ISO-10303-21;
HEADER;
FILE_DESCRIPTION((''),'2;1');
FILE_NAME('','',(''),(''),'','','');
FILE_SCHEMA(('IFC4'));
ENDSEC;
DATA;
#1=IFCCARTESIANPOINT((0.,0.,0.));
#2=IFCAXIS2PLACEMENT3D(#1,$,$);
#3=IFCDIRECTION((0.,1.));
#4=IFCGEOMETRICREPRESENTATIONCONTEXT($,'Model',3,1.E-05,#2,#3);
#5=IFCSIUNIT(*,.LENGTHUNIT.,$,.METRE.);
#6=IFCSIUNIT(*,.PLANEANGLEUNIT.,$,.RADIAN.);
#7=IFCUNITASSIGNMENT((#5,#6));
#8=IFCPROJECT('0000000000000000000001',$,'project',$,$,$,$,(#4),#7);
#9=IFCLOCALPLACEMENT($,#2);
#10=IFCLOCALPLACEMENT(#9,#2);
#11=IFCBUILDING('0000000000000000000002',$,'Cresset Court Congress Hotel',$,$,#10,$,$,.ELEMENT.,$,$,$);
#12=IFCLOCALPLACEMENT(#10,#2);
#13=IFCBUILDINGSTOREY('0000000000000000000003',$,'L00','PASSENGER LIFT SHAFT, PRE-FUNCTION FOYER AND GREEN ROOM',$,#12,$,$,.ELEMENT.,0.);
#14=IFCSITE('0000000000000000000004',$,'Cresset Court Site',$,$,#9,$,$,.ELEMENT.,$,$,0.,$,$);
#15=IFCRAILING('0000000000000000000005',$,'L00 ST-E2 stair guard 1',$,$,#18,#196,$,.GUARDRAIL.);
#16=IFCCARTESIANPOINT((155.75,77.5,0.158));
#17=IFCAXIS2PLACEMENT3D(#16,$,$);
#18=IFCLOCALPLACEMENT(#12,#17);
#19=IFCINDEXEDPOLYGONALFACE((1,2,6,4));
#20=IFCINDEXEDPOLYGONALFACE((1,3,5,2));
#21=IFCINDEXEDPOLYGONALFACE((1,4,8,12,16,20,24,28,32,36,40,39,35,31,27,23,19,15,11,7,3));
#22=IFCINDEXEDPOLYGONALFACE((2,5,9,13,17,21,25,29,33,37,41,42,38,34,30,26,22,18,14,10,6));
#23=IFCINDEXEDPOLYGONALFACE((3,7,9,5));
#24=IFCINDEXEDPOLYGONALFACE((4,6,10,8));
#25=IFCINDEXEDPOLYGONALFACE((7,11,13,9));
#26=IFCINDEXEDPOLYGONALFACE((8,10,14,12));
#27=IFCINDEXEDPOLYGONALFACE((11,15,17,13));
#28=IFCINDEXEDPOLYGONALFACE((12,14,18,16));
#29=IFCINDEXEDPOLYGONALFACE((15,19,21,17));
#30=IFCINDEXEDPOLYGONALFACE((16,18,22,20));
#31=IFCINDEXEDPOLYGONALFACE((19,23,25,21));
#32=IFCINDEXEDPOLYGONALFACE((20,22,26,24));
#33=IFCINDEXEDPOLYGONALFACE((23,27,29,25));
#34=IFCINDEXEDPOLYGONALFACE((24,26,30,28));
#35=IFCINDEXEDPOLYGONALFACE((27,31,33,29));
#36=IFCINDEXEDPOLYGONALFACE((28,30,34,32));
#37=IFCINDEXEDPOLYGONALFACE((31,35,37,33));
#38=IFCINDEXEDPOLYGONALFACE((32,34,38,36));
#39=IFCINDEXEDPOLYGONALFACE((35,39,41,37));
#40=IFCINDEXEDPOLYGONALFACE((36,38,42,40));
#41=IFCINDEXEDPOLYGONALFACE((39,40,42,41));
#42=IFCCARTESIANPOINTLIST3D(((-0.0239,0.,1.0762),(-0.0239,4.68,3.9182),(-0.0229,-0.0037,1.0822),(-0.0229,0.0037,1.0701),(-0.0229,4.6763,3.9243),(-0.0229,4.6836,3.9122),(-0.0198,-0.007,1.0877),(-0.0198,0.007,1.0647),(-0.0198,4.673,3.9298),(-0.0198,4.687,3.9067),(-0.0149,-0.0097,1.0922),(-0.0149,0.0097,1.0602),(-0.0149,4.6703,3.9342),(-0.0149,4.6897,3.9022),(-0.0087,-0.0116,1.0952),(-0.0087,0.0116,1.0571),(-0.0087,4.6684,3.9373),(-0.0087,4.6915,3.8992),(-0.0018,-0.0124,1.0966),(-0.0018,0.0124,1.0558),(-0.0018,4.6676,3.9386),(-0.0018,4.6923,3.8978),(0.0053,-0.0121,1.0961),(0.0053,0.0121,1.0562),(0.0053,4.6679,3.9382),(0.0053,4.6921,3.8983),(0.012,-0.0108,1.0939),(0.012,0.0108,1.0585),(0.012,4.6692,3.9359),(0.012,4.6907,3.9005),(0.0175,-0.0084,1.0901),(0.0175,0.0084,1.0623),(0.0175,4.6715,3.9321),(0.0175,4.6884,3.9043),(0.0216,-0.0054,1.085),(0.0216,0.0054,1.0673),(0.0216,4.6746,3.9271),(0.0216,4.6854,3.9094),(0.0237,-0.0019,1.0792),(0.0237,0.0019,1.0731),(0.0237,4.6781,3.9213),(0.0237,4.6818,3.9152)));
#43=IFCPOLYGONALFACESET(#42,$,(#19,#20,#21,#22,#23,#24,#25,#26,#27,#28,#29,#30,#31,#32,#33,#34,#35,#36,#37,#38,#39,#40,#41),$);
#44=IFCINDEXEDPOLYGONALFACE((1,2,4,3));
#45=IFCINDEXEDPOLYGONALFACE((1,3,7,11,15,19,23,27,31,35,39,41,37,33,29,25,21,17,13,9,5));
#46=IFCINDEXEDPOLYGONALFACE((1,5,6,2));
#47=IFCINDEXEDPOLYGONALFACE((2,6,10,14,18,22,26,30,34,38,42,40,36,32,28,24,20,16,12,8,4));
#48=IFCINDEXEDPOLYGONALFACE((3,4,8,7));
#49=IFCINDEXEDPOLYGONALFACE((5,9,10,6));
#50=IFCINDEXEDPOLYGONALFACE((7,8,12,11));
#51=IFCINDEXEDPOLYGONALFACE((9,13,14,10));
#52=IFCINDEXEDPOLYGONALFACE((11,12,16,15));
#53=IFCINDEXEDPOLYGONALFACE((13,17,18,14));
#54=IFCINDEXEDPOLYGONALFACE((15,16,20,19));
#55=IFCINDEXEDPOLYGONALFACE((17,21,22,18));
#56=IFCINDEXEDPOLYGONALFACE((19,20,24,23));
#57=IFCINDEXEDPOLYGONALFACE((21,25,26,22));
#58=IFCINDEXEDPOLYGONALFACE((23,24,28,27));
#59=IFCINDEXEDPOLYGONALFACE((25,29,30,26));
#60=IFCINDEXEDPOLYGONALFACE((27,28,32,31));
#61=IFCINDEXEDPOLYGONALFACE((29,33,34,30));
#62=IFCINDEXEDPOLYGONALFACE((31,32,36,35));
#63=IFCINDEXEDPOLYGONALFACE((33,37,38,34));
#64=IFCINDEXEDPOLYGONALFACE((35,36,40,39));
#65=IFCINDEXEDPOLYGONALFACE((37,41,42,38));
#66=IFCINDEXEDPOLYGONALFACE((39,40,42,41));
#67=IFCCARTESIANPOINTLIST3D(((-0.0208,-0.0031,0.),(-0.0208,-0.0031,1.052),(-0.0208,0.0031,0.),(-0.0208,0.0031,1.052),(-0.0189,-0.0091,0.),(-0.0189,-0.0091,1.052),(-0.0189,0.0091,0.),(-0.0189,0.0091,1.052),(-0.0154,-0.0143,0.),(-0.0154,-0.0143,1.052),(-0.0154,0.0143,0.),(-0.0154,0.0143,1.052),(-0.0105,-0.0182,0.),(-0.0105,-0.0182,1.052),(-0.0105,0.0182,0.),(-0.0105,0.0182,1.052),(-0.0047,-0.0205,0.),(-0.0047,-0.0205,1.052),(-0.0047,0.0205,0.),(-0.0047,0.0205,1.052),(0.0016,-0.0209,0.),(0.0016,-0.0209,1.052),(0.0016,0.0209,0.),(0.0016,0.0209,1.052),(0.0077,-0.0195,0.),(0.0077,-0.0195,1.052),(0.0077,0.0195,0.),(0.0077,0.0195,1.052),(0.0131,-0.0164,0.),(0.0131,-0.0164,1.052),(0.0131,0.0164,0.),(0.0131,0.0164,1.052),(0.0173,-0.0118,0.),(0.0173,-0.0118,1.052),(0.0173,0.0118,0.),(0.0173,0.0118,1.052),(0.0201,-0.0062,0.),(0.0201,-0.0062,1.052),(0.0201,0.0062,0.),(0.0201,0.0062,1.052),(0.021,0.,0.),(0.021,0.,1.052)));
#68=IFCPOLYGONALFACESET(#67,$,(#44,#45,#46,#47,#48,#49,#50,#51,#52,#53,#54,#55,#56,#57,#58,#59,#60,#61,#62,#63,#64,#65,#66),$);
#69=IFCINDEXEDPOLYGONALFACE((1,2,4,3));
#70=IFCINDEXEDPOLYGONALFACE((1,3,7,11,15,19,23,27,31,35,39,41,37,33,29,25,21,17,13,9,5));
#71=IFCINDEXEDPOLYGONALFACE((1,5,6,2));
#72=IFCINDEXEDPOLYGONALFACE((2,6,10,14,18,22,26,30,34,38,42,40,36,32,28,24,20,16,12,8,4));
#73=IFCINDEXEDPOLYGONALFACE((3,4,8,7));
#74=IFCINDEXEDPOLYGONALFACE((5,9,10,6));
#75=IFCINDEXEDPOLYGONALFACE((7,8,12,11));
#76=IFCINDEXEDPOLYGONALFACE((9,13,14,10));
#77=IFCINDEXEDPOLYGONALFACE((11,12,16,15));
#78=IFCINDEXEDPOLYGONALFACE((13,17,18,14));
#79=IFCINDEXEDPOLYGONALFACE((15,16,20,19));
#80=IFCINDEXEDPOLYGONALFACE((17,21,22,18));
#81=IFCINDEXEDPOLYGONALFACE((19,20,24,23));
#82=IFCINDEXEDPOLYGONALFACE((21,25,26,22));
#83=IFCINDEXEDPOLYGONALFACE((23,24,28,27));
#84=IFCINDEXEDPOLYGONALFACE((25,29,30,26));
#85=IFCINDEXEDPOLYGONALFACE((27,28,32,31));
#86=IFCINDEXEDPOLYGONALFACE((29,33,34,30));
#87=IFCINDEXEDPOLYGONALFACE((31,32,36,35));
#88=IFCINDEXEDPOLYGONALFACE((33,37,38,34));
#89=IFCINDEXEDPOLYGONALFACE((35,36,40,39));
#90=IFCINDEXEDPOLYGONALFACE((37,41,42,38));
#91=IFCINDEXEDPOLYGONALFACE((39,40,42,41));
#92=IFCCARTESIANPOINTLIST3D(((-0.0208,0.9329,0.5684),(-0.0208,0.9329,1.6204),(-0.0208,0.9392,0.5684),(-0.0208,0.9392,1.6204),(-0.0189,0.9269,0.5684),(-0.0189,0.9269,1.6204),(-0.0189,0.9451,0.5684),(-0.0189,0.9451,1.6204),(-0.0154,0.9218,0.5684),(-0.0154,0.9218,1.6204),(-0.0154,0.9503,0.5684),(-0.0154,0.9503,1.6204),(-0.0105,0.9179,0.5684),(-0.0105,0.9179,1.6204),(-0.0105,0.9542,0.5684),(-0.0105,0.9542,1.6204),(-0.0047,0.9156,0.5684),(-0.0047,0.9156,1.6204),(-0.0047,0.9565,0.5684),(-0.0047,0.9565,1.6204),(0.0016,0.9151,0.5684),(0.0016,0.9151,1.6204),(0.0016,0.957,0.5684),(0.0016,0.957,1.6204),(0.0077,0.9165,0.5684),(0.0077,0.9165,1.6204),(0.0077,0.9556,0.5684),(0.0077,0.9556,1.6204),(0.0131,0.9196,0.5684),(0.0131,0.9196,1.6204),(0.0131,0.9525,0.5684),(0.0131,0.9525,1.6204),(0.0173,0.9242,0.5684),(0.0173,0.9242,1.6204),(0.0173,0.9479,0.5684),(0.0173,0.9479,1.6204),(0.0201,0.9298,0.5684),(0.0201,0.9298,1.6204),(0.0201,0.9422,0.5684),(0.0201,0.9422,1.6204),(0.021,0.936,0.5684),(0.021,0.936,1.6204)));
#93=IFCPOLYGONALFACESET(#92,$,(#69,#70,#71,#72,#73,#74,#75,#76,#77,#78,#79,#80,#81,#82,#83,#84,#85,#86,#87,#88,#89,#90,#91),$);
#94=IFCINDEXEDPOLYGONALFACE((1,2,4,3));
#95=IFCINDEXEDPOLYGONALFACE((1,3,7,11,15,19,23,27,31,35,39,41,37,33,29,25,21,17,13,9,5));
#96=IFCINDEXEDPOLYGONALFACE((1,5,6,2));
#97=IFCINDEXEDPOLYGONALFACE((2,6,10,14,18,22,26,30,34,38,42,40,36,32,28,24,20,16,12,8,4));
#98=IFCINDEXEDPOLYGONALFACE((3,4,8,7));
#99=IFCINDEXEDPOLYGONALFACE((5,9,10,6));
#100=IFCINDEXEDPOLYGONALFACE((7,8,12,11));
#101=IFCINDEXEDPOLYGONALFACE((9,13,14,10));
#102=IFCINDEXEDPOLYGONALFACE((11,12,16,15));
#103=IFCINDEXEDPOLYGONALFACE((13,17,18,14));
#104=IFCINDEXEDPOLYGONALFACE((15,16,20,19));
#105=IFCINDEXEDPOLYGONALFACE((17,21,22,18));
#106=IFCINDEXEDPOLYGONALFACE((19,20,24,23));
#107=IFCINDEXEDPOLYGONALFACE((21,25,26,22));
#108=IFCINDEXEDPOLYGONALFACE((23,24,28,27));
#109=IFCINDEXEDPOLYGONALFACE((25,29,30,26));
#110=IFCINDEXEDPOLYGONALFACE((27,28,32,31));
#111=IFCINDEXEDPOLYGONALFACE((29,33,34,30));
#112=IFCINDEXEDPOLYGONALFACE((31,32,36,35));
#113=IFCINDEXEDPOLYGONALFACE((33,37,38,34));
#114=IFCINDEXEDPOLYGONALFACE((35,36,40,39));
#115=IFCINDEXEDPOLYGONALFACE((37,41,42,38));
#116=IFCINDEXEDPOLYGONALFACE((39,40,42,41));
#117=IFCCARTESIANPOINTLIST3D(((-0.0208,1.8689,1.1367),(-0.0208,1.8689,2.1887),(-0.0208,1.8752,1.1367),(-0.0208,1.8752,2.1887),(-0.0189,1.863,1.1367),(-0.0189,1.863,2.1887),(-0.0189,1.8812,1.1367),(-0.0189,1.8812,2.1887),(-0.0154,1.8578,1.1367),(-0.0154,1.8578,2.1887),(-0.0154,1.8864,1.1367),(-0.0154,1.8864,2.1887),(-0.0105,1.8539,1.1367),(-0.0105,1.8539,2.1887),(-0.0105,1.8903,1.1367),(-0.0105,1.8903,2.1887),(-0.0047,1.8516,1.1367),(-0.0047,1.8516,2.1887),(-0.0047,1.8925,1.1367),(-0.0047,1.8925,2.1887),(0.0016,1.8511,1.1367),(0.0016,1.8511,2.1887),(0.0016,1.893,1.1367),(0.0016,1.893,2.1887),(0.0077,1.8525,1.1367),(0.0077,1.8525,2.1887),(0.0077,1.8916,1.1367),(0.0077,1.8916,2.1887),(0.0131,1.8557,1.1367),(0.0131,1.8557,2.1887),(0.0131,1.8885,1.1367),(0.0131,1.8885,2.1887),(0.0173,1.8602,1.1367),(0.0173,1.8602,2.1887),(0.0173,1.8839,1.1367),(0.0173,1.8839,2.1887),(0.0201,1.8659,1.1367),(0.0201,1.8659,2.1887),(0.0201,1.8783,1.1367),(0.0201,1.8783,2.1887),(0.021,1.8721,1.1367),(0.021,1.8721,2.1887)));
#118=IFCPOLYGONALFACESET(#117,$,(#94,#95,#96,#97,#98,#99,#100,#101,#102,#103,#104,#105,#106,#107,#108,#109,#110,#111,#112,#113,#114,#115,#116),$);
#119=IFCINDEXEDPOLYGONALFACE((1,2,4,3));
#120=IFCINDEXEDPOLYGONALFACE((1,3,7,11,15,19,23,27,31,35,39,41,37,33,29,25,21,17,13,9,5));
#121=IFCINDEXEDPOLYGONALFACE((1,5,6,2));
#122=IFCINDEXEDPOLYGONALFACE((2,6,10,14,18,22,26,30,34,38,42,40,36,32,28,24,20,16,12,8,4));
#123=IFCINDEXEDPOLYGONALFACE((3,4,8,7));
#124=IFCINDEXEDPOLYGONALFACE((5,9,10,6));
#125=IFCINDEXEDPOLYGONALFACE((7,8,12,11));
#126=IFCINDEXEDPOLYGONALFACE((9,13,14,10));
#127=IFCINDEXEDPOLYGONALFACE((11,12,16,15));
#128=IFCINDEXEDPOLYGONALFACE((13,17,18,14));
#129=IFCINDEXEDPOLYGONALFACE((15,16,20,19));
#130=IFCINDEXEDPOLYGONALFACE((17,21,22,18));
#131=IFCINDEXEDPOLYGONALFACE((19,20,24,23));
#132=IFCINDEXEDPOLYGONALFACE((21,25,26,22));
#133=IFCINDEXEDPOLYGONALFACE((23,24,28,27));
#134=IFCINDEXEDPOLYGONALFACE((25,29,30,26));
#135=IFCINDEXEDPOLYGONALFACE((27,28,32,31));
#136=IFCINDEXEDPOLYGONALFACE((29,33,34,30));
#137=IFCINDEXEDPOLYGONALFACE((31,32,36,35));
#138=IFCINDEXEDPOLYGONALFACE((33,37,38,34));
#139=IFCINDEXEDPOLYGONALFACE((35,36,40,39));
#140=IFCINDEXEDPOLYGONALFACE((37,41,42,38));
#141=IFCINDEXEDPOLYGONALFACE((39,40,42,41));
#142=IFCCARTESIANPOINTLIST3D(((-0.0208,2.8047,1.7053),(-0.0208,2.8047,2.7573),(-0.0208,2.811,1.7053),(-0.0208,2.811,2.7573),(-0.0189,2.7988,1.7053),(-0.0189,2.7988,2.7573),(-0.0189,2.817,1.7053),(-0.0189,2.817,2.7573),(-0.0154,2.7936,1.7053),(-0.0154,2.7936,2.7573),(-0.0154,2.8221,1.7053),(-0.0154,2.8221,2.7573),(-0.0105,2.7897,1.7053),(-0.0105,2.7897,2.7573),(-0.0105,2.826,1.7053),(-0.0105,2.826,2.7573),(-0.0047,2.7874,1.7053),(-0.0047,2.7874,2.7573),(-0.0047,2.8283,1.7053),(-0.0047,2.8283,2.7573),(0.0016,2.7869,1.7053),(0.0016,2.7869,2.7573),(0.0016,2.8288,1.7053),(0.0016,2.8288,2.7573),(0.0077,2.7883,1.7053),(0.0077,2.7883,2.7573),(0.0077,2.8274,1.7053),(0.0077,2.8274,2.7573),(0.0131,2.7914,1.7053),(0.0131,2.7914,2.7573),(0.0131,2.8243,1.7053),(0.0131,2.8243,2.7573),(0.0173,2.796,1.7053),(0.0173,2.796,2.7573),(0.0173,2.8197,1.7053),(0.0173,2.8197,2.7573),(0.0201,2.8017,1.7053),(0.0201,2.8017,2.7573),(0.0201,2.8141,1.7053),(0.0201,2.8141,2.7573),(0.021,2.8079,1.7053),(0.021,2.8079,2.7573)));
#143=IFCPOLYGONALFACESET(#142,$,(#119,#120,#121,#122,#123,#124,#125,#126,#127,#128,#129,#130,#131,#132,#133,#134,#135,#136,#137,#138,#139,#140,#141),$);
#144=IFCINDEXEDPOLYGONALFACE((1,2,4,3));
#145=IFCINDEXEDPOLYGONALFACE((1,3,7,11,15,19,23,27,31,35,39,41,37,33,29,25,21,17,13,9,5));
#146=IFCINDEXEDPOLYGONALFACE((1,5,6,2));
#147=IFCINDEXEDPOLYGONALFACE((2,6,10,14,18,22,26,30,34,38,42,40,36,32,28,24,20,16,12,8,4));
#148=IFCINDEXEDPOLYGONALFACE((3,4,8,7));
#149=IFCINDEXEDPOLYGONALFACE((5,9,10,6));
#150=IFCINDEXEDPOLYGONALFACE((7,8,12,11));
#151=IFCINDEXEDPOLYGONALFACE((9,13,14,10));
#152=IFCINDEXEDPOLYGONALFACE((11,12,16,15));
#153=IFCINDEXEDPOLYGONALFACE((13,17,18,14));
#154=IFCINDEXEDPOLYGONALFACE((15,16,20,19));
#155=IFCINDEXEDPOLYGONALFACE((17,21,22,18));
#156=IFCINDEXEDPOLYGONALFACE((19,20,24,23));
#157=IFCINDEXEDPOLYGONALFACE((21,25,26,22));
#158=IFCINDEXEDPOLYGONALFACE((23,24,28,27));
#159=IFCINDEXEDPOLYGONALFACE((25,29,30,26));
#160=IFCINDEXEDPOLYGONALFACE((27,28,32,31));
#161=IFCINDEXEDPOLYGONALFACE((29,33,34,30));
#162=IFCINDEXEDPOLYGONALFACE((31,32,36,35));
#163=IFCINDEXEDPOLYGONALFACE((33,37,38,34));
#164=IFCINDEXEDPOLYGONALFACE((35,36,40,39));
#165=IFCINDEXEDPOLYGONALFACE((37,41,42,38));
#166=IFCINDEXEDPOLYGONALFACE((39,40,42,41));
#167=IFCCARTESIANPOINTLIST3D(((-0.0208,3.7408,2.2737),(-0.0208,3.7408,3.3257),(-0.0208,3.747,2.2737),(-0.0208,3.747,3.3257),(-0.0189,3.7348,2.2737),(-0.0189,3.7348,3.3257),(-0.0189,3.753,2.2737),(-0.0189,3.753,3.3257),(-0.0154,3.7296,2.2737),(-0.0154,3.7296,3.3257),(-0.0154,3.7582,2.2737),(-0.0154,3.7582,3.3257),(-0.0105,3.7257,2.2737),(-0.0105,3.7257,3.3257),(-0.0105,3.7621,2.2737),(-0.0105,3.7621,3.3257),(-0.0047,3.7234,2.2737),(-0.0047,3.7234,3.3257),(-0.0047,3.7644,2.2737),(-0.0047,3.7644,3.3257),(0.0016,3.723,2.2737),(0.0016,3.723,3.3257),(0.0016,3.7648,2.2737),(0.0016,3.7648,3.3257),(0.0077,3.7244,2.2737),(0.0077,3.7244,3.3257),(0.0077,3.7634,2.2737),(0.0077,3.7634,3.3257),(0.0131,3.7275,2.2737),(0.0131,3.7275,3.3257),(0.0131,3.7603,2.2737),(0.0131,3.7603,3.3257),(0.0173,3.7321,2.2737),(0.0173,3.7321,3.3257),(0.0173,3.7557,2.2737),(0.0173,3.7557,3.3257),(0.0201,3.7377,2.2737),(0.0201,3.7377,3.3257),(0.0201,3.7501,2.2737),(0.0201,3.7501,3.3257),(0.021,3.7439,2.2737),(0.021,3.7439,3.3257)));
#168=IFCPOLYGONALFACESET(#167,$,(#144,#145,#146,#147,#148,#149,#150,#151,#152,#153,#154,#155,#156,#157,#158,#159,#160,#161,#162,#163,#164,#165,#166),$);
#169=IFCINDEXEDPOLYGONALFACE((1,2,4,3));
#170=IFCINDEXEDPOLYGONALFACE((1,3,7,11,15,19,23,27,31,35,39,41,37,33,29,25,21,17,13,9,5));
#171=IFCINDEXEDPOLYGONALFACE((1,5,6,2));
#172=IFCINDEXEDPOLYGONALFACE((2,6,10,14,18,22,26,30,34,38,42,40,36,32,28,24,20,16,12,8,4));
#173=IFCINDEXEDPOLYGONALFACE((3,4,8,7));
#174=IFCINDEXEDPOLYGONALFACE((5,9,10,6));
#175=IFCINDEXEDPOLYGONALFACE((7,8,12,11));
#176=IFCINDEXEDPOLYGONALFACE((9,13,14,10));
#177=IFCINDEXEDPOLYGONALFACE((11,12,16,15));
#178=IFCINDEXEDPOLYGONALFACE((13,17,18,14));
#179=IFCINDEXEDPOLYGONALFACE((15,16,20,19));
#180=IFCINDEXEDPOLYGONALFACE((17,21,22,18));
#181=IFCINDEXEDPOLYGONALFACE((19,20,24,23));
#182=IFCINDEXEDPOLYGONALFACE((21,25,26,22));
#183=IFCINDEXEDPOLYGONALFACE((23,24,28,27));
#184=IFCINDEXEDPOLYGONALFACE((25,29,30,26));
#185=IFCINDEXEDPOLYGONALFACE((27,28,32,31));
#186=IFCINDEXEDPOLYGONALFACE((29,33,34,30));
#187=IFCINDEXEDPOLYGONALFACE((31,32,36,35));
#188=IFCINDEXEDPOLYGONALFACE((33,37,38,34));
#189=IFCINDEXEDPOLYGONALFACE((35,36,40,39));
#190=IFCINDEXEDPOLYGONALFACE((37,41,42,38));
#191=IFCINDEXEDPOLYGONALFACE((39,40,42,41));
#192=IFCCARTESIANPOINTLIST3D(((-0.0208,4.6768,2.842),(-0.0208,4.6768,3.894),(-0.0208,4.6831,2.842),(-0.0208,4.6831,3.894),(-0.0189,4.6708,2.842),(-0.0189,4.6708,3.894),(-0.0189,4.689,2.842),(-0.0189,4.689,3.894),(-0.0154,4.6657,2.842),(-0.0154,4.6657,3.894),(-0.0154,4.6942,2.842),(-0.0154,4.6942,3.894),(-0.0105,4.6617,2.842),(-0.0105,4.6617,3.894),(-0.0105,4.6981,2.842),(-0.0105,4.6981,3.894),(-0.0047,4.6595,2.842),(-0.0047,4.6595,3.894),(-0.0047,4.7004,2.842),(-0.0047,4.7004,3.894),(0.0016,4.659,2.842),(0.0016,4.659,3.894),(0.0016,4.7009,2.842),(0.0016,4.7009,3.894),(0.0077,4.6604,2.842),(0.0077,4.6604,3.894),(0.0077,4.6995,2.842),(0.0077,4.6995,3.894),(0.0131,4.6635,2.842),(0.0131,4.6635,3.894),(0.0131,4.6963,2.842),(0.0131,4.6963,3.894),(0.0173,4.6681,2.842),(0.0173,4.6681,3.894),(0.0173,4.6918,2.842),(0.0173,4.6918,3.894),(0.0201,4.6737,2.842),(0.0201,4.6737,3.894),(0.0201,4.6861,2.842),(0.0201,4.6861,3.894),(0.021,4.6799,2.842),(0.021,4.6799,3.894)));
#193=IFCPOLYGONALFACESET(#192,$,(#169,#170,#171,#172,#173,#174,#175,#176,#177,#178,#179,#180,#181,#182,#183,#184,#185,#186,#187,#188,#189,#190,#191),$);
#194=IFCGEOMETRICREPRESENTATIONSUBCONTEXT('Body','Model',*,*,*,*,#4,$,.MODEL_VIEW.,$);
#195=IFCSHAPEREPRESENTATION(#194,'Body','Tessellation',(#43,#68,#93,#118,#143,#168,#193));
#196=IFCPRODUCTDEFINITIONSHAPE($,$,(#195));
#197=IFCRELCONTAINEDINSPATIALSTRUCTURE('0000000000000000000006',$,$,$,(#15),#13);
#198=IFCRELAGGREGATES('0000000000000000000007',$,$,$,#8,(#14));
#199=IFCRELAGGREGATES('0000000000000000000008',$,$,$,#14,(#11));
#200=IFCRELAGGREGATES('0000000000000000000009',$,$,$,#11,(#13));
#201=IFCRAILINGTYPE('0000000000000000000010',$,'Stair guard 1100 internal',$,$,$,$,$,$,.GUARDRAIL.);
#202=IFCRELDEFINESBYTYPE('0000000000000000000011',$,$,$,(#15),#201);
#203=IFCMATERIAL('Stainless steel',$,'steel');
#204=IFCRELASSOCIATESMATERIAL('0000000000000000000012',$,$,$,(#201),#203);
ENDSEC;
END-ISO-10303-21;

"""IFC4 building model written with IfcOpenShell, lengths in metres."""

from ifc_helpers import new_model, si_unit, direction, frame, origin, origin_2d, place, context, subcontext, project, spatial, circle, extrude, material, type_object, element, save


model = new_model("IFC4")

# Units and contexts
model_context = context("Model", 3, precision=1e-05, world=origin(), true_north=direction((0.0, 1.0)))
body_context = subcontext(model_context, "Body", "Model", "MODEL_VIEW")
ifc_project = project(units=[si_unit("LENGTHUNIT", "METRE"), si_unit("PLANEANGLEUNIT", "RADIAN")], contexts=[model_context])

# Site, building, storey
site_placement = place(None, origin())
site = spatial("IfcSite", under=ifc_project, at=site_placement, Name="Cresset Court Site", CompositionType="ELEMENT", RefElevation=0.0)
building_placement = place(site_placement, origin())
building = spatial("IfcBuilding", under=site, at=building_placement, Name="Cresset Court Congress Hotel", CompositionType="ELEMENT")
storey_placement = place(building_placement, origin())
storey = spatial("IfcBuildingStorey", under=building, at=storey_placement, Name="L00", Description="PASSENGER LIFT SHAFT, PRE-FUNCTION FOYER AND GREEN ROOM", CompositionType="ELEMENT", Elevation=0.0)

# Railing
ifc_material_1 = material(Name="Stainless steel", Category="steel")
railing_type = type_object("IfcRailingType", Name="Stair guard 1100 internal", PredefinedType="GUARDRAIL", material=ifc_material_1)
railing_1_placement = place(storey_placement, frame((155.75, 77.5, 0.158)))
element("IfcRailing", 1, at=railing_1_placement, inside=storey, type_object=railing_type, Name="L00 ST-E2 stair guard 1", PredefinedType="GUARDRAIL", context=body_context, shape_type="SweptSolid", body=[
    extrude(circle(Radius=0.0239, at=origin_2d()), frame((0.0, 0.0, 1.0762), z_axis=(0.0, 0.854735, 0.519065), x_axis=(-1.0, 0.0, 0.0)), (0.0, 0.0, 1.0), 5.4753),
    extrude(circle(Radius=0.021, at=origin_2d()), origin(), (0.0, 0.0, 1.0), 1.052),
    extrude(circle(Radius=0.021, at=origin_2d()), frame((0.0, 0.936, 0.5684)), (0.0, 0.0, 1.0), 1.052),
    extrude(circle(Radius=0.021, at=origin_2d()), frame((0.0, 1.8721, 1.1367)), (0.0, 0.0, 1.0), 1.052),
    extrude(circle(Radius=0.021, at=origin_2d()), frame((0.0, 2.8079, 1.7053)), (0.0, 0.0, 1.0), 1.052),
    extrude(circle(Radius=0.021, at=origin_2d()), frame((0.0, 3.7439, 2.2737)), (0.0, 0.0, 1.0), 1.052),
    extrude(circle(Radius=0.021, at=origin_2d()), frame((0.0, 4.6799, 2.842)), (0.0, 0.0, 1.0), 1.052),
])

save(model, "model.ifc")
